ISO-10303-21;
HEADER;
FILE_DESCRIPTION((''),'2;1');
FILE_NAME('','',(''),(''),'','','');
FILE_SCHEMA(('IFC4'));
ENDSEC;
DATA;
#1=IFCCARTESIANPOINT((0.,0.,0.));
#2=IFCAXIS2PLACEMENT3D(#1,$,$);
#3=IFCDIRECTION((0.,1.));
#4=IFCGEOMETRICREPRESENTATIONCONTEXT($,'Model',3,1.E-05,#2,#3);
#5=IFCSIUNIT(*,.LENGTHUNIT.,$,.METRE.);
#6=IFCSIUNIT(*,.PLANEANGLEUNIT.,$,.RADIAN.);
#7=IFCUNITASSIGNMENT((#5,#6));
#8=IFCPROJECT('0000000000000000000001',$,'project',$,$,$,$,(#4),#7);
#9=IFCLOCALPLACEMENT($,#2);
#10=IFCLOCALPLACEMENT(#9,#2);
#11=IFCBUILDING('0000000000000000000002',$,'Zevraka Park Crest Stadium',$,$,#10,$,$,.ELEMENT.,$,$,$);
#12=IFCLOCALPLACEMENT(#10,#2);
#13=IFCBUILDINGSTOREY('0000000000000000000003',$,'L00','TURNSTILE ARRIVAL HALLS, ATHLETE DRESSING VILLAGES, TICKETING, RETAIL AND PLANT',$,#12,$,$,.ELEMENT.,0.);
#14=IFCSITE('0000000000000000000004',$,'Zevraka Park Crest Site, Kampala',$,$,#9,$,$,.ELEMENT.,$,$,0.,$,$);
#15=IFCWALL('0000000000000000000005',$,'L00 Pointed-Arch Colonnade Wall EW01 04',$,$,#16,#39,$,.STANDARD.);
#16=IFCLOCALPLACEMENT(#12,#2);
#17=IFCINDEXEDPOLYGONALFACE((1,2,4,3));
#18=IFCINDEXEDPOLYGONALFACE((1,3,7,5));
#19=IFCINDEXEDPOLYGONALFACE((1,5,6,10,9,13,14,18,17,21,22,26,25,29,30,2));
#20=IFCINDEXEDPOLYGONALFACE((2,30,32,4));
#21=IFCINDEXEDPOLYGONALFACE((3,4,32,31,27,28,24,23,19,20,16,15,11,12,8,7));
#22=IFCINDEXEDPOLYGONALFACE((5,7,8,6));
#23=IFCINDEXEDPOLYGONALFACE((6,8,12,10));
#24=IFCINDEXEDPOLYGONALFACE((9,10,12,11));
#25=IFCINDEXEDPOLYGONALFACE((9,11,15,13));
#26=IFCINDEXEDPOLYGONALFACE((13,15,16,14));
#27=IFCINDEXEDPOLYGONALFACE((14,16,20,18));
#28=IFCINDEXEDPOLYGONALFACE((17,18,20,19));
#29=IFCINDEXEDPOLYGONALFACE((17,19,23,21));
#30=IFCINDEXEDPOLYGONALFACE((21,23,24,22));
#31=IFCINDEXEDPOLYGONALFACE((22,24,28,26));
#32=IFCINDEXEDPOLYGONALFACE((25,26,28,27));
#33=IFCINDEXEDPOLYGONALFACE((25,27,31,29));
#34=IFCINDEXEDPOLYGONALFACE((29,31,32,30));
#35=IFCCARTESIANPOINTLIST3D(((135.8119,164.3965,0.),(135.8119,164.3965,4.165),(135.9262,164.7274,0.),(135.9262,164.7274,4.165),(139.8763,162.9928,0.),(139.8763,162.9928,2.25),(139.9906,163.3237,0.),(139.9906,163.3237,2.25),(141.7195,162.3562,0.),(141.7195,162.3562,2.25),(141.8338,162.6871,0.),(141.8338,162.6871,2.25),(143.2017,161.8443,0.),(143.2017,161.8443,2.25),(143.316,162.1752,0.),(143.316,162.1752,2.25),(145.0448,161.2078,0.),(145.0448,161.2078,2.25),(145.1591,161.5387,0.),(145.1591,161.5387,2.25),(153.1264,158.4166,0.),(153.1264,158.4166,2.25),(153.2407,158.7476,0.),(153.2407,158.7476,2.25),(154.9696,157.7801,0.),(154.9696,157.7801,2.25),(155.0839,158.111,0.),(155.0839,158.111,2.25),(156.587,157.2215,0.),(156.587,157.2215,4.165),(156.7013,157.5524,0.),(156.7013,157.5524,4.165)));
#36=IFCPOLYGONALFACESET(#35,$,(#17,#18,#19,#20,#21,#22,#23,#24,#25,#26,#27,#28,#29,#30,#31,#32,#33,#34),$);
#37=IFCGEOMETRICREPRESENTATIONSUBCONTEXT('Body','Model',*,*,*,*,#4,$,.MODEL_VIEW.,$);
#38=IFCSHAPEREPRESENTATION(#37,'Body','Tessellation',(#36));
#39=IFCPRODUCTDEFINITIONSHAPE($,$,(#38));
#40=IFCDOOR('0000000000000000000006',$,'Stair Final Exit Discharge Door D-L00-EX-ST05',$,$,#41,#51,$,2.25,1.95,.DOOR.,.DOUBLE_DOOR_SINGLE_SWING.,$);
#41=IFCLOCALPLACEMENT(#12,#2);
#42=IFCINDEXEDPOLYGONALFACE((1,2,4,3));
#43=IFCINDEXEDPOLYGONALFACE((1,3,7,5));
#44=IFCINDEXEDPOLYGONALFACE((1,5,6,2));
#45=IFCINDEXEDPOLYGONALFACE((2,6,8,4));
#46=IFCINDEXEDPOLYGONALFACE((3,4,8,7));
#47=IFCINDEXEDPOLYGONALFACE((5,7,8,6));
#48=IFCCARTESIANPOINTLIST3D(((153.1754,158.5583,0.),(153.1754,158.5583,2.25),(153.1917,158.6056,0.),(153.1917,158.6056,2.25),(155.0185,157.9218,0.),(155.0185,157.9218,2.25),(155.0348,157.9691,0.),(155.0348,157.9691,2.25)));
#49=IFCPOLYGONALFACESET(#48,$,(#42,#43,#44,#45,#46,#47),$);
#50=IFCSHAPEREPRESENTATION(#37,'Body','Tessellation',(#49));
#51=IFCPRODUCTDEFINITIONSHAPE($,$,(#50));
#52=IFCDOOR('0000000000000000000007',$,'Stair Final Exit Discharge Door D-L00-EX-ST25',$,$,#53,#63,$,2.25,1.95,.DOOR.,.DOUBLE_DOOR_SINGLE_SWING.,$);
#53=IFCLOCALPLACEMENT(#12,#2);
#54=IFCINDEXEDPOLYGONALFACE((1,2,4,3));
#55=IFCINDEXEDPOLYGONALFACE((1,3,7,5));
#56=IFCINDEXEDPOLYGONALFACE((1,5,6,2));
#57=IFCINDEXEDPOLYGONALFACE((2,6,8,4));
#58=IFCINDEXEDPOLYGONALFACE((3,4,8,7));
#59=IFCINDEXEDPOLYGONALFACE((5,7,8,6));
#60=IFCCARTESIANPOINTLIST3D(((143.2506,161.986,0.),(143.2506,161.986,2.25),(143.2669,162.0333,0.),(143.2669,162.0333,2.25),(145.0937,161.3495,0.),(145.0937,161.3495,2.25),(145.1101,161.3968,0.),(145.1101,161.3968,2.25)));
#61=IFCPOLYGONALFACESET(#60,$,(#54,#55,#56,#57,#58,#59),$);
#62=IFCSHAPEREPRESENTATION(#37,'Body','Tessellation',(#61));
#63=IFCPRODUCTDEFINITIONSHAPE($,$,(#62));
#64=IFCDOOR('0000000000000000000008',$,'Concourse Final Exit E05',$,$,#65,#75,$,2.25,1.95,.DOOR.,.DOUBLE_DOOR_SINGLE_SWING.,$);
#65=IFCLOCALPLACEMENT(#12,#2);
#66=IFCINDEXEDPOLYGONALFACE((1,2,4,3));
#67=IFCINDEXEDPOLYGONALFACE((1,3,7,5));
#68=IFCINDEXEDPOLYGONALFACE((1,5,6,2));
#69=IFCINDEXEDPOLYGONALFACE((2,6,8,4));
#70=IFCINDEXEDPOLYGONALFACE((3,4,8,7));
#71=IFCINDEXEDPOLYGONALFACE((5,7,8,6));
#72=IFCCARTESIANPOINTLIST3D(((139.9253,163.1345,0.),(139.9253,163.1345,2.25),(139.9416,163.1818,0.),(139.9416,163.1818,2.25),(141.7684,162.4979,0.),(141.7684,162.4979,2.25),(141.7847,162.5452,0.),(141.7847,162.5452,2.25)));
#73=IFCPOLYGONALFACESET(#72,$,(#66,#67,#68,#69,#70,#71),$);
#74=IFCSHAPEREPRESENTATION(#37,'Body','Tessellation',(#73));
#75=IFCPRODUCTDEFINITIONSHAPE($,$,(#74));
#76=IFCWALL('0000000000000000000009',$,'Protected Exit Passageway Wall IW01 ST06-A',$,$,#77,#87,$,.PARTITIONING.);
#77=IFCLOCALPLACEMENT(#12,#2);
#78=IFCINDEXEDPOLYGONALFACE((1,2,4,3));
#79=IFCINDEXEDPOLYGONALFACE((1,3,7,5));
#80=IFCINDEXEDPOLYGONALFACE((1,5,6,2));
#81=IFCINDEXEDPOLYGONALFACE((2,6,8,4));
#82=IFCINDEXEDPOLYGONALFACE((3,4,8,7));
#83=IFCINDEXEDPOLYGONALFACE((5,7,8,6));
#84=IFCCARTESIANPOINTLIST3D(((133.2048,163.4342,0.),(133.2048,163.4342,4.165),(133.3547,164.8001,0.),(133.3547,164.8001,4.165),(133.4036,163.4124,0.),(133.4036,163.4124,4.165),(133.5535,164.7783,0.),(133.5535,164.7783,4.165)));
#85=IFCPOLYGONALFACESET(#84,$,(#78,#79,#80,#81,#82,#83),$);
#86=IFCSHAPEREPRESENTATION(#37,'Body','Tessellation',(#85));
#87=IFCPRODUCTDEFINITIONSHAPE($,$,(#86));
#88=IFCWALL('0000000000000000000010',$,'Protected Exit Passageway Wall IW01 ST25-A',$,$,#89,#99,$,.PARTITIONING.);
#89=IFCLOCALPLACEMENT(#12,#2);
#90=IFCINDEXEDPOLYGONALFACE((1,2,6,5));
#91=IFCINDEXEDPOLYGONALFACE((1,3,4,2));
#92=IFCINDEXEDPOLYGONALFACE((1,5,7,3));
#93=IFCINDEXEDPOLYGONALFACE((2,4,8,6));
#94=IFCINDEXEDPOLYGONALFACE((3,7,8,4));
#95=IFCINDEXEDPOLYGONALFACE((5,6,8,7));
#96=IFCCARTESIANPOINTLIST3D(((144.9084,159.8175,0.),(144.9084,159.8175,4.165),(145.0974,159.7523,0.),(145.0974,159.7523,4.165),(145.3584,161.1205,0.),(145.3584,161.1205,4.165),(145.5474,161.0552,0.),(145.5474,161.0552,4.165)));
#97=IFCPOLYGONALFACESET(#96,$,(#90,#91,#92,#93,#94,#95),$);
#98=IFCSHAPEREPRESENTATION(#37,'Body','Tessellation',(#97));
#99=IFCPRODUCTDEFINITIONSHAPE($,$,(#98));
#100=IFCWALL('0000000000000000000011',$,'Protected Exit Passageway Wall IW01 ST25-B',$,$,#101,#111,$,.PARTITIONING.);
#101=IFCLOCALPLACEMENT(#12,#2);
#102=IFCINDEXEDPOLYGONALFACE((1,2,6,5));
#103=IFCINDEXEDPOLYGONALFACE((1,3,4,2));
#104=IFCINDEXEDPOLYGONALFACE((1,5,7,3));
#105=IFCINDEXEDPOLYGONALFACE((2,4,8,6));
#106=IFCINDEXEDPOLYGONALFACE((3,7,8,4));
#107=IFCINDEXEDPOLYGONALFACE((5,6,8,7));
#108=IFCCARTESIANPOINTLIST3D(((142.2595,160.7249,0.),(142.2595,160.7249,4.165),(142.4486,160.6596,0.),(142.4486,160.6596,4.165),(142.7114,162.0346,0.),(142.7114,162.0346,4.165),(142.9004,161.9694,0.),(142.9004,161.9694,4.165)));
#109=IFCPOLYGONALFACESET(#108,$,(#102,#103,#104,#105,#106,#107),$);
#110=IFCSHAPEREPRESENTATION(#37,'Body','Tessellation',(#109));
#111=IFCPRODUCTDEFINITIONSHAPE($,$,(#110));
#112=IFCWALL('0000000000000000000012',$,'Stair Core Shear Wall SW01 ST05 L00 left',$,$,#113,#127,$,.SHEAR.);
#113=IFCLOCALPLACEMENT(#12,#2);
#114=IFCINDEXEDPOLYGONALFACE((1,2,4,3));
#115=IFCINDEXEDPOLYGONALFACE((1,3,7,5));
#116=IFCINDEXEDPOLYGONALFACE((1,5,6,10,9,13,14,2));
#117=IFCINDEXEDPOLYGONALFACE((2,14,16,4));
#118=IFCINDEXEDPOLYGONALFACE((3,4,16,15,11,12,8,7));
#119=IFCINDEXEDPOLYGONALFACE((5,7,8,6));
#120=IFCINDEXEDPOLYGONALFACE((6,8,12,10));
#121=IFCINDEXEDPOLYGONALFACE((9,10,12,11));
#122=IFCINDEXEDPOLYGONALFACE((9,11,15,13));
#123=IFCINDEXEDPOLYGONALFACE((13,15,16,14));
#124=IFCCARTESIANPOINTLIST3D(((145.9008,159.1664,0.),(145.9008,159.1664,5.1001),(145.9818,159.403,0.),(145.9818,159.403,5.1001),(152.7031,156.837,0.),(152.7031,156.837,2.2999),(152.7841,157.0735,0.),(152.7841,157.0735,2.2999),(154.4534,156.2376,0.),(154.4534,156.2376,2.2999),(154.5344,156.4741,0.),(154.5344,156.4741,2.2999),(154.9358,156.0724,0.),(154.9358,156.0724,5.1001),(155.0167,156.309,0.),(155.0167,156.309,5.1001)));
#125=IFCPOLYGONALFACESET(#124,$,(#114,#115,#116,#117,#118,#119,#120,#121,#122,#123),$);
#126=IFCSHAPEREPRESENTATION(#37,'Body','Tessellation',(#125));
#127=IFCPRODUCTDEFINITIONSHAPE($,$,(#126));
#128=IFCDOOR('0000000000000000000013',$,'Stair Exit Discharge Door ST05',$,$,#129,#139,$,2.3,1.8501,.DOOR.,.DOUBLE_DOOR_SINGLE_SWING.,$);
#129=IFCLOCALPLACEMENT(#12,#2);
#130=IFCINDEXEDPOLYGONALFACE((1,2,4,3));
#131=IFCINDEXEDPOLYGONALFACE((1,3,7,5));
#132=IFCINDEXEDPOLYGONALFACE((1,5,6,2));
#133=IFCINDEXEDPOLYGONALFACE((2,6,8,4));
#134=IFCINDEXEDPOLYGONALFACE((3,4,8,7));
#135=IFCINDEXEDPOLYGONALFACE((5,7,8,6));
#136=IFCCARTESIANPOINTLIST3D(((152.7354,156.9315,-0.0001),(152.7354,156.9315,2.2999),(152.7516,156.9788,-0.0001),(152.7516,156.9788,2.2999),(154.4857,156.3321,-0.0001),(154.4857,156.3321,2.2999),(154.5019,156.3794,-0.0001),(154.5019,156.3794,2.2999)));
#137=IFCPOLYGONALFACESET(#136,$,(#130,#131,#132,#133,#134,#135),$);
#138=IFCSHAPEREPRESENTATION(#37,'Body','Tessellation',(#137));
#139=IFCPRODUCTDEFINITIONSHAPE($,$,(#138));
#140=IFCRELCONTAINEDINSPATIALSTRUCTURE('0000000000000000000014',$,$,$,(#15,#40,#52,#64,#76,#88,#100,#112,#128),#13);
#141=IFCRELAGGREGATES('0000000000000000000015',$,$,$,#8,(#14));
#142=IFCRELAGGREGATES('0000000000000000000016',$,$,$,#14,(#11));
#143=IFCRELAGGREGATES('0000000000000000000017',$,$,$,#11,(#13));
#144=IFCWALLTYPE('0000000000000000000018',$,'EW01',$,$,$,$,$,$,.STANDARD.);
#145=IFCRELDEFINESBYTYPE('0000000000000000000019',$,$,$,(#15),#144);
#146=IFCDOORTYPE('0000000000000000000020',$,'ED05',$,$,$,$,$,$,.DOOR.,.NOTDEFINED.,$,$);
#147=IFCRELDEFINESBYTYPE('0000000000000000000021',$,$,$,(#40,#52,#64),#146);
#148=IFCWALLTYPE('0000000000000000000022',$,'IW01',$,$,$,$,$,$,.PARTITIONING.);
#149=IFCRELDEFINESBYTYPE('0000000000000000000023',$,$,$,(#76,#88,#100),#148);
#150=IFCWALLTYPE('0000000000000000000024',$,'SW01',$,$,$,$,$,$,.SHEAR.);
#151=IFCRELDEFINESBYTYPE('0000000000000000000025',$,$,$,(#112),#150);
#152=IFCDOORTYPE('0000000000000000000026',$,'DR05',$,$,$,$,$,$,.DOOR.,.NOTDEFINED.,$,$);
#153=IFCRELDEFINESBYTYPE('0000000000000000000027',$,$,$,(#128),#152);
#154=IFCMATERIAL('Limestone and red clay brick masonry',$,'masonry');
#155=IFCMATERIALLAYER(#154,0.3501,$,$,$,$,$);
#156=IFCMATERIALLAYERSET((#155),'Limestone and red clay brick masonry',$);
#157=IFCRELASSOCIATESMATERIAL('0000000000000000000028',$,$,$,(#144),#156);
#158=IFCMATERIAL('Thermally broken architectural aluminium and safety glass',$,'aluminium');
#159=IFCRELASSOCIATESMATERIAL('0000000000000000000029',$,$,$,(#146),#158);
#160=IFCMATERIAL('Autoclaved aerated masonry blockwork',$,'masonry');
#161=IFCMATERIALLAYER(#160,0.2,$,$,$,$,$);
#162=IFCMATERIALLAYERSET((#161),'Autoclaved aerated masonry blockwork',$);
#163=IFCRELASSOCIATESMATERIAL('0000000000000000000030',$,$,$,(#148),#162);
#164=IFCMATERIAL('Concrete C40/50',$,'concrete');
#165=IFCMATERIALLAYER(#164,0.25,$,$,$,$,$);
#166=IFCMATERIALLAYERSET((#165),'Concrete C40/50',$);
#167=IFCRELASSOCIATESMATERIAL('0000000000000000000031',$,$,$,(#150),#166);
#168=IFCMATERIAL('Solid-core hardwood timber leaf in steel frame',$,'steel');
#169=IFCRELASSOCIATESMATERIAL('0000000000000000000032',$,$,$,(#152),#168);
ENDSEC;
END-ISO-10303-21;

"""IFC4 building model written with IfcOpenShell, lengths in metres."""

from ifc_helpers import new_model, si_unit, direction, frame, frame_2d, origin, place, context, subcontext, project, spatial, rectangle, extrude, material, layer, layer_set, type_object, element, fill, save


model = new_model("IFC4")

# Units and contexts
model_context = context("Model", 3, precision=1e-05, world=origin(), true_north=direction((0.0, 1.0)))
body_context = subcontext(model_context, "Body", "Model", "MODEL_VIEW")
ifc_project = project(units=[si_unit("LENGTHUNIT", "METRE"), si_unit("PLANEANGLEUNIT", "RADIAN")], contexts=[model_context])

# Site, building, storey
site_placement = place(None, origin())
site = spatial("IfcSite", under=ifc_project, at=site_placement, Name="Zevraka Park Crest Site, Kampala", CompositionType="ELEMENT", RefElevation=0.0)
building_placement = place(site_placement, origin())
building = spatial("IfcBuilding", under=site, at=building_placement, Name="Zevraka Park Crest Stadium", CompositionType="ELEMENT")
storey_placement = place(building_placement, origin())
storey = spatial("IfcBuildingStorey", under=building, at=storey_placement, Name="L00", Description="TURNSTILE ARRIVAL HALLS, ATHLETE DRESSING VILLAGES, TICKETING, RETAIL AND PLANT", CompositionType="ELEMENT", Elevation=0.0)

# Wall, openings, doors
ifc_material_1 = material(Name="Limestone and red clay brick masonry", Category="masonry")
ifc_layer_1 = layer(ifc_material_1, 0.3501)
ifc_layer_set_1 = layer_set([ifc_layer_1], Name="Limestone and red clay brick masonry")
wall_type_1 = type_object("IfcWallType", Name="EW01", PredefinedType="STANDARD", material=ifc_layer_set_1)
wall_1_placement = place(storey_placement, frame((135.8689, 164.562, 0.0), z_axis=(0.0, 0.0, 1.0), x_axis=(0.945216, -0.326446, 0.0)))
wall_1 = element("IfcWall", 1, at=wall_1_placement, inside=storey, type_object=wall_type_1, Name="L00 Pointed-Arch Colonnade Wall EW01 04", PredefinedType="STANDARD", context=body_context, shape_type="SweptSolid", body=[
    extrude(rectangle(XDim=21.9792, YDim=0.3501, at=frame_2d((10.9897, 0.0))), origin(), (0.0, 0.0, 1.0), 4.165),
])
opening_1_placement = place(wall_1_placement, frame((18.3181, 0.0, 0.0)))
opening_1 = element("IfcOpeningElement", 2, at=opening_1_placement, cuts=wall_1, PredefinedType="OPENING", context=body_context, shape_type="SweptSolid", body=[
    extrude(rectangle(XDim=1.95, YDim=2.25, at=frame_2d((0.9751, 1.125))), frame((0.0, 0.1851, 0.0), z_axis=(0.0, -1.0, 0.0), x_axis=(1.0, 0.0, 0.0)), (0.0, 0.0, 1.0), 0.3701),
])
opening_2_placement = place(wall_1_placement, frame((7.8181, 0.0, 0.0)))
opening_2 = element("IfcOpeningElement", 3, at=opening_2_placement, cuts=wall_1, PredefinedType="OPENING", context=body_context, shape_type="SweptSolid", body=[
    extrude(rectangle(XDim=1.95, YDim=2.25, at=frame_2d((0.9751, 1.125))), frame((0.0, 0.1851, 0.0), z_axis=(0.0, -1.0, 0.0), x_axis=(1.0, 0.0, 0.0)), (0.0, 0.0, 1.0), 0.3701),
])
opening_3_placement = place(wall_1_placement, frame((4.3, 0.0, 0.0)))
opening_3 = element("IfcOpeningElement", 4, at=opening_3_placement, cuts=wall_1, PredefinedType="OPENING", context=body_context, shape_type="SweptSolid", body=[
    extrude(rectangle(XDim=1.95, YDim=2.25, at=frame_2d((0.9751, 1.125))), frame((0.0, 0.1851, 0.0), z_axis=(0.0, -1.0, 0.0), x_axis=(1.0, 0.0, 0.0)), (0.0, 0.0, 1.0), 0.3701),
])
ifc_material_2 = material(Name="Thermally broken architectural aluminium and safety glass", Category="aluminium")
door_type_1 = type_object("IfcDoorType", Name="ED05", OperationType="NOTDEFINED", PredefinedType="DOOR", material=ifc_material_2)
door_1_placement = place(opening_1_placement, origin())
door_1 = element("IfcDoor", 5, at=door_1_placement, inside=storey, type_object=door_type_1, Name="Stair Final Exit Discharge Door D-L00-EX-ST05", OperationType="DOUBLE_DOOR_SINGLE_SWING", OverallHeight=2.25, OverallWidth=1.95, PredefinedType="DOOR", context=body_context, shape_type="SweptSolid", body=[
    extrude(rectangle(XDim=1.95, YDim=2.25, at=frame_2d((0.9751, 1.125))), frame((0.0, 0.0249, 0.0), z_axis=(0.0, -1.0, 0.0), x_axis=(1.0, 0.0, 0.0)), (0.0, 0.0, 1.0), 0.05),
])
fill(opening_1, door_1)
door_2_placement = place(opening_2_placement, origin())
door_2 = element("IfcDoor", 6, at=door_2_placement, inside=storey, type_object=door_type_1, Name="Stair Final Exit Discharge Door D-L00-EX-ST25", OperationType="DOUBLE_DOOR_SINGLE_SWING", OverallHeight=2.25, OverallWidth=1.95, PredefinedType="DOOR", context=body_context, shape_type="SweptSolid", body=[
    extrude(rectangle(XDim=1.95, YDim=2.25, at=frame_2d((0.9751, 1.125))), frame((0.0, 0.0249, 0.0), z_axis=(0.0, -1.0, 0.0), x_axis=(1.0, 0.0, 0.0)), (0.0, 0.0, 1.0), 0.05),
])
fill(opening_2, door_2)
door_3_placement = place(opening_3_placement, origin())
door_3 = element("IfcDoor", 7, at=door_3_placement, inside=storey, type_object=door_type_1, Name="Concourse Final Exit E05", OperationType="DOUBLE_DOOR_SINGLE_SWING", OverallHeight=2.25, OverallWidth=1.95, PredefinedType="DOOR", context=body_context, shape_type="SweptSolid", body=[
    extrude(rectangle(XDim=1.95, YDim=2.25, at=frame_2d((0.9751, 1.125))), frame((0.0, 0.0249, 0.0), z_axis=(0.0, -1.0, 0.0), x_axis=(1.0, 0.0, 0.0)), (0.0, 0.0, 1.0), 0.05),
])
fill(opening_3, door_3)

# Walls
ifc_material_3 = material(Name="Autoclaved aerated masonry blockwork", Category="masonry")
ifc_layer_2 = layer(ifc_material_3, 0.2)
ifc_layer_set_2 = layer_set([ifc_layer_2], Name="Autoclaved aerated masonry blockwork")
wall_type_2 = type_object("IfcWallType", Name="IW01", PredefinedType="PARTITIONING", material=ifc_layer_set_2)
wall_2_placement = place(storey_placement, frame((133.3042, 163.4233, 0.0), z_axis=(0.0, 0.0, 1.0), x_axis=(0.109105, 0.99403, 0.0)))
element("IfcWall", 8, at=wall_2_placement, inside=storey, type_object=wall_type_2, Name="Protected Exit Passageway Wall IW01 ST06-A", PredefinedType="PARTITIONING", context=body_context, shape_type="SweptSolid", body=[
    extrude(rectangle(XDim=1.374, YDim=0.2, at=frame_2d((0.687, 0.0))), origin(), (0.0, 0.0, 1.0), 4.165),
])
wall_3_placement = place(storey_placement, frame((145.0029, 159.7849, 0.0), z_axis=(0.0, 0.0, 1.0), x_axis=(0.326411, 0.945228, 0.0)))
element("IfcWall", 9, at=wall_3_placement, inside=storey, type_object=wall_type_2, Name="Protected Exit Passageway Wall IW01 ST25-A", PredefinedType="PARTITIONING", context=body_context, shape_type="SweptSolid", body=[
    extrude(rectangle(XDim=1.3784, YDim=0.2, at=frame_2d((0.6892, 0.0))), origin(), (0.0, 0.0, 1.0), 4.165),
])
wall_4_placement = place(storey_placement, frame((142.354, 160.6921, 0.0), z_axis=(0.0, 0.0, 1.0), x_axis=(0.326148, 0.945319, 0.0)))
element("IfcWall", 10, at=wall_4_placement, inside=storey, type_object=wall_type_2, Name="Protected Exit Passageway Wall IW01 ST25-B", PredefinedType="PARTITIONING", context=body_context, shape_type="SweptSolid", body=[
    extrude(rectangle(XDim=1.3855, YDim=0.2, at=frame_2d((0.6929, 0.0))), origin(), (0.0, 0.0, 1.0), 4.165),
])

# Wall, opening, door
ifc_material_4 = material(Name="Concrete C40/50", Category="concrete")
ifc_layer_3 = layer(ifc_material_4, 0.25)
ifc_layer_set_3 = layer_set([ifc_layer_3], Name="Concrete C40/50")
wall_type_3 = type_object("IfcWallType", Name="SW01", PredefinedType="SHEAR", material=ifc_layer_set_3)
wall_5_placement = place(storey_placement, frame((145.9414, 159.2847, 0.0), z_axis=(0.0, 0.0, 1.0), x_axis=(0.946064, -0.323979, 0.0)))
wall_5 = element("IfcWall", 11, at=wall_5_placement, inside=storey, type_object=wall_type_3, Name="Stair Core Shear Wall SW01 ST05 L00 left", PredefinedType="SHEAR", context=body_context, shape_type="SweptSolid", body=[
    extrude(rectangle(XDim=9.55, YDim=0.25, at=frame_2d((4.7749, 0.0))), origin(), (0.0, 0.0, 1.0), 5.1001),
])
opening_4_placement = place(wall_5_placement, frame((7.1899, 0.0, 0.0)))
opening_4 = element("IfcOpeningElement", 12, at=opening_4_placement, cuts=wall_5, PredefinedType="OPENING", context=body_context, shape_type="SweptSolid", body=[
    extrude(rectangle(XDim=1.8501, YDim=2.3, at=frame_2d((0.925, 1.1499))), frame((0.0, 0.135, 0.0), z_axis=(0.0, -1.0, 0.0), x_axis=(1.0, 0.0, 0.0)), (0.0, 0.0, 1.0), 0.27),
])
ifc_material_5 = material(Name="Solid-core hardwood timber leaf in steel frame", Category="steel")
door_type_2 = type_object("IfcDoorType", Name="DR05", OperationType="NOTDEFINED", PredefinedType="DOOR", material=ifc_material_5)
door_4_placement = place(opening_4_placement, origin())
door_4 = element("IfcDoor", 13, at=door_4_placement, inside=storey, type_object=door_type_2, Name="Stair Exit Discharge Door ST05", OperationType="DOUBLE_DOOR_SINGLE_SWING", OverallHeight=2.3, OverallWidth=1.8501, PredefinedType="DOOR", context=body_context, shape_type="SweptSolid", body=[
    extrude(rectangle(XDim=1.8501, YDim=2.3, at=frame_2d((0.925, 1.1499))), frame((0.0, 0.0249, 0.0), z_axis=(0.0, -1.0, 0.0), x_axis=(1.0, 0.0, 0.0)), (0.0, 0.0, 1.0), 0.05),
])
fill(opening_4, door_4)

save(model, "model.ifc")
